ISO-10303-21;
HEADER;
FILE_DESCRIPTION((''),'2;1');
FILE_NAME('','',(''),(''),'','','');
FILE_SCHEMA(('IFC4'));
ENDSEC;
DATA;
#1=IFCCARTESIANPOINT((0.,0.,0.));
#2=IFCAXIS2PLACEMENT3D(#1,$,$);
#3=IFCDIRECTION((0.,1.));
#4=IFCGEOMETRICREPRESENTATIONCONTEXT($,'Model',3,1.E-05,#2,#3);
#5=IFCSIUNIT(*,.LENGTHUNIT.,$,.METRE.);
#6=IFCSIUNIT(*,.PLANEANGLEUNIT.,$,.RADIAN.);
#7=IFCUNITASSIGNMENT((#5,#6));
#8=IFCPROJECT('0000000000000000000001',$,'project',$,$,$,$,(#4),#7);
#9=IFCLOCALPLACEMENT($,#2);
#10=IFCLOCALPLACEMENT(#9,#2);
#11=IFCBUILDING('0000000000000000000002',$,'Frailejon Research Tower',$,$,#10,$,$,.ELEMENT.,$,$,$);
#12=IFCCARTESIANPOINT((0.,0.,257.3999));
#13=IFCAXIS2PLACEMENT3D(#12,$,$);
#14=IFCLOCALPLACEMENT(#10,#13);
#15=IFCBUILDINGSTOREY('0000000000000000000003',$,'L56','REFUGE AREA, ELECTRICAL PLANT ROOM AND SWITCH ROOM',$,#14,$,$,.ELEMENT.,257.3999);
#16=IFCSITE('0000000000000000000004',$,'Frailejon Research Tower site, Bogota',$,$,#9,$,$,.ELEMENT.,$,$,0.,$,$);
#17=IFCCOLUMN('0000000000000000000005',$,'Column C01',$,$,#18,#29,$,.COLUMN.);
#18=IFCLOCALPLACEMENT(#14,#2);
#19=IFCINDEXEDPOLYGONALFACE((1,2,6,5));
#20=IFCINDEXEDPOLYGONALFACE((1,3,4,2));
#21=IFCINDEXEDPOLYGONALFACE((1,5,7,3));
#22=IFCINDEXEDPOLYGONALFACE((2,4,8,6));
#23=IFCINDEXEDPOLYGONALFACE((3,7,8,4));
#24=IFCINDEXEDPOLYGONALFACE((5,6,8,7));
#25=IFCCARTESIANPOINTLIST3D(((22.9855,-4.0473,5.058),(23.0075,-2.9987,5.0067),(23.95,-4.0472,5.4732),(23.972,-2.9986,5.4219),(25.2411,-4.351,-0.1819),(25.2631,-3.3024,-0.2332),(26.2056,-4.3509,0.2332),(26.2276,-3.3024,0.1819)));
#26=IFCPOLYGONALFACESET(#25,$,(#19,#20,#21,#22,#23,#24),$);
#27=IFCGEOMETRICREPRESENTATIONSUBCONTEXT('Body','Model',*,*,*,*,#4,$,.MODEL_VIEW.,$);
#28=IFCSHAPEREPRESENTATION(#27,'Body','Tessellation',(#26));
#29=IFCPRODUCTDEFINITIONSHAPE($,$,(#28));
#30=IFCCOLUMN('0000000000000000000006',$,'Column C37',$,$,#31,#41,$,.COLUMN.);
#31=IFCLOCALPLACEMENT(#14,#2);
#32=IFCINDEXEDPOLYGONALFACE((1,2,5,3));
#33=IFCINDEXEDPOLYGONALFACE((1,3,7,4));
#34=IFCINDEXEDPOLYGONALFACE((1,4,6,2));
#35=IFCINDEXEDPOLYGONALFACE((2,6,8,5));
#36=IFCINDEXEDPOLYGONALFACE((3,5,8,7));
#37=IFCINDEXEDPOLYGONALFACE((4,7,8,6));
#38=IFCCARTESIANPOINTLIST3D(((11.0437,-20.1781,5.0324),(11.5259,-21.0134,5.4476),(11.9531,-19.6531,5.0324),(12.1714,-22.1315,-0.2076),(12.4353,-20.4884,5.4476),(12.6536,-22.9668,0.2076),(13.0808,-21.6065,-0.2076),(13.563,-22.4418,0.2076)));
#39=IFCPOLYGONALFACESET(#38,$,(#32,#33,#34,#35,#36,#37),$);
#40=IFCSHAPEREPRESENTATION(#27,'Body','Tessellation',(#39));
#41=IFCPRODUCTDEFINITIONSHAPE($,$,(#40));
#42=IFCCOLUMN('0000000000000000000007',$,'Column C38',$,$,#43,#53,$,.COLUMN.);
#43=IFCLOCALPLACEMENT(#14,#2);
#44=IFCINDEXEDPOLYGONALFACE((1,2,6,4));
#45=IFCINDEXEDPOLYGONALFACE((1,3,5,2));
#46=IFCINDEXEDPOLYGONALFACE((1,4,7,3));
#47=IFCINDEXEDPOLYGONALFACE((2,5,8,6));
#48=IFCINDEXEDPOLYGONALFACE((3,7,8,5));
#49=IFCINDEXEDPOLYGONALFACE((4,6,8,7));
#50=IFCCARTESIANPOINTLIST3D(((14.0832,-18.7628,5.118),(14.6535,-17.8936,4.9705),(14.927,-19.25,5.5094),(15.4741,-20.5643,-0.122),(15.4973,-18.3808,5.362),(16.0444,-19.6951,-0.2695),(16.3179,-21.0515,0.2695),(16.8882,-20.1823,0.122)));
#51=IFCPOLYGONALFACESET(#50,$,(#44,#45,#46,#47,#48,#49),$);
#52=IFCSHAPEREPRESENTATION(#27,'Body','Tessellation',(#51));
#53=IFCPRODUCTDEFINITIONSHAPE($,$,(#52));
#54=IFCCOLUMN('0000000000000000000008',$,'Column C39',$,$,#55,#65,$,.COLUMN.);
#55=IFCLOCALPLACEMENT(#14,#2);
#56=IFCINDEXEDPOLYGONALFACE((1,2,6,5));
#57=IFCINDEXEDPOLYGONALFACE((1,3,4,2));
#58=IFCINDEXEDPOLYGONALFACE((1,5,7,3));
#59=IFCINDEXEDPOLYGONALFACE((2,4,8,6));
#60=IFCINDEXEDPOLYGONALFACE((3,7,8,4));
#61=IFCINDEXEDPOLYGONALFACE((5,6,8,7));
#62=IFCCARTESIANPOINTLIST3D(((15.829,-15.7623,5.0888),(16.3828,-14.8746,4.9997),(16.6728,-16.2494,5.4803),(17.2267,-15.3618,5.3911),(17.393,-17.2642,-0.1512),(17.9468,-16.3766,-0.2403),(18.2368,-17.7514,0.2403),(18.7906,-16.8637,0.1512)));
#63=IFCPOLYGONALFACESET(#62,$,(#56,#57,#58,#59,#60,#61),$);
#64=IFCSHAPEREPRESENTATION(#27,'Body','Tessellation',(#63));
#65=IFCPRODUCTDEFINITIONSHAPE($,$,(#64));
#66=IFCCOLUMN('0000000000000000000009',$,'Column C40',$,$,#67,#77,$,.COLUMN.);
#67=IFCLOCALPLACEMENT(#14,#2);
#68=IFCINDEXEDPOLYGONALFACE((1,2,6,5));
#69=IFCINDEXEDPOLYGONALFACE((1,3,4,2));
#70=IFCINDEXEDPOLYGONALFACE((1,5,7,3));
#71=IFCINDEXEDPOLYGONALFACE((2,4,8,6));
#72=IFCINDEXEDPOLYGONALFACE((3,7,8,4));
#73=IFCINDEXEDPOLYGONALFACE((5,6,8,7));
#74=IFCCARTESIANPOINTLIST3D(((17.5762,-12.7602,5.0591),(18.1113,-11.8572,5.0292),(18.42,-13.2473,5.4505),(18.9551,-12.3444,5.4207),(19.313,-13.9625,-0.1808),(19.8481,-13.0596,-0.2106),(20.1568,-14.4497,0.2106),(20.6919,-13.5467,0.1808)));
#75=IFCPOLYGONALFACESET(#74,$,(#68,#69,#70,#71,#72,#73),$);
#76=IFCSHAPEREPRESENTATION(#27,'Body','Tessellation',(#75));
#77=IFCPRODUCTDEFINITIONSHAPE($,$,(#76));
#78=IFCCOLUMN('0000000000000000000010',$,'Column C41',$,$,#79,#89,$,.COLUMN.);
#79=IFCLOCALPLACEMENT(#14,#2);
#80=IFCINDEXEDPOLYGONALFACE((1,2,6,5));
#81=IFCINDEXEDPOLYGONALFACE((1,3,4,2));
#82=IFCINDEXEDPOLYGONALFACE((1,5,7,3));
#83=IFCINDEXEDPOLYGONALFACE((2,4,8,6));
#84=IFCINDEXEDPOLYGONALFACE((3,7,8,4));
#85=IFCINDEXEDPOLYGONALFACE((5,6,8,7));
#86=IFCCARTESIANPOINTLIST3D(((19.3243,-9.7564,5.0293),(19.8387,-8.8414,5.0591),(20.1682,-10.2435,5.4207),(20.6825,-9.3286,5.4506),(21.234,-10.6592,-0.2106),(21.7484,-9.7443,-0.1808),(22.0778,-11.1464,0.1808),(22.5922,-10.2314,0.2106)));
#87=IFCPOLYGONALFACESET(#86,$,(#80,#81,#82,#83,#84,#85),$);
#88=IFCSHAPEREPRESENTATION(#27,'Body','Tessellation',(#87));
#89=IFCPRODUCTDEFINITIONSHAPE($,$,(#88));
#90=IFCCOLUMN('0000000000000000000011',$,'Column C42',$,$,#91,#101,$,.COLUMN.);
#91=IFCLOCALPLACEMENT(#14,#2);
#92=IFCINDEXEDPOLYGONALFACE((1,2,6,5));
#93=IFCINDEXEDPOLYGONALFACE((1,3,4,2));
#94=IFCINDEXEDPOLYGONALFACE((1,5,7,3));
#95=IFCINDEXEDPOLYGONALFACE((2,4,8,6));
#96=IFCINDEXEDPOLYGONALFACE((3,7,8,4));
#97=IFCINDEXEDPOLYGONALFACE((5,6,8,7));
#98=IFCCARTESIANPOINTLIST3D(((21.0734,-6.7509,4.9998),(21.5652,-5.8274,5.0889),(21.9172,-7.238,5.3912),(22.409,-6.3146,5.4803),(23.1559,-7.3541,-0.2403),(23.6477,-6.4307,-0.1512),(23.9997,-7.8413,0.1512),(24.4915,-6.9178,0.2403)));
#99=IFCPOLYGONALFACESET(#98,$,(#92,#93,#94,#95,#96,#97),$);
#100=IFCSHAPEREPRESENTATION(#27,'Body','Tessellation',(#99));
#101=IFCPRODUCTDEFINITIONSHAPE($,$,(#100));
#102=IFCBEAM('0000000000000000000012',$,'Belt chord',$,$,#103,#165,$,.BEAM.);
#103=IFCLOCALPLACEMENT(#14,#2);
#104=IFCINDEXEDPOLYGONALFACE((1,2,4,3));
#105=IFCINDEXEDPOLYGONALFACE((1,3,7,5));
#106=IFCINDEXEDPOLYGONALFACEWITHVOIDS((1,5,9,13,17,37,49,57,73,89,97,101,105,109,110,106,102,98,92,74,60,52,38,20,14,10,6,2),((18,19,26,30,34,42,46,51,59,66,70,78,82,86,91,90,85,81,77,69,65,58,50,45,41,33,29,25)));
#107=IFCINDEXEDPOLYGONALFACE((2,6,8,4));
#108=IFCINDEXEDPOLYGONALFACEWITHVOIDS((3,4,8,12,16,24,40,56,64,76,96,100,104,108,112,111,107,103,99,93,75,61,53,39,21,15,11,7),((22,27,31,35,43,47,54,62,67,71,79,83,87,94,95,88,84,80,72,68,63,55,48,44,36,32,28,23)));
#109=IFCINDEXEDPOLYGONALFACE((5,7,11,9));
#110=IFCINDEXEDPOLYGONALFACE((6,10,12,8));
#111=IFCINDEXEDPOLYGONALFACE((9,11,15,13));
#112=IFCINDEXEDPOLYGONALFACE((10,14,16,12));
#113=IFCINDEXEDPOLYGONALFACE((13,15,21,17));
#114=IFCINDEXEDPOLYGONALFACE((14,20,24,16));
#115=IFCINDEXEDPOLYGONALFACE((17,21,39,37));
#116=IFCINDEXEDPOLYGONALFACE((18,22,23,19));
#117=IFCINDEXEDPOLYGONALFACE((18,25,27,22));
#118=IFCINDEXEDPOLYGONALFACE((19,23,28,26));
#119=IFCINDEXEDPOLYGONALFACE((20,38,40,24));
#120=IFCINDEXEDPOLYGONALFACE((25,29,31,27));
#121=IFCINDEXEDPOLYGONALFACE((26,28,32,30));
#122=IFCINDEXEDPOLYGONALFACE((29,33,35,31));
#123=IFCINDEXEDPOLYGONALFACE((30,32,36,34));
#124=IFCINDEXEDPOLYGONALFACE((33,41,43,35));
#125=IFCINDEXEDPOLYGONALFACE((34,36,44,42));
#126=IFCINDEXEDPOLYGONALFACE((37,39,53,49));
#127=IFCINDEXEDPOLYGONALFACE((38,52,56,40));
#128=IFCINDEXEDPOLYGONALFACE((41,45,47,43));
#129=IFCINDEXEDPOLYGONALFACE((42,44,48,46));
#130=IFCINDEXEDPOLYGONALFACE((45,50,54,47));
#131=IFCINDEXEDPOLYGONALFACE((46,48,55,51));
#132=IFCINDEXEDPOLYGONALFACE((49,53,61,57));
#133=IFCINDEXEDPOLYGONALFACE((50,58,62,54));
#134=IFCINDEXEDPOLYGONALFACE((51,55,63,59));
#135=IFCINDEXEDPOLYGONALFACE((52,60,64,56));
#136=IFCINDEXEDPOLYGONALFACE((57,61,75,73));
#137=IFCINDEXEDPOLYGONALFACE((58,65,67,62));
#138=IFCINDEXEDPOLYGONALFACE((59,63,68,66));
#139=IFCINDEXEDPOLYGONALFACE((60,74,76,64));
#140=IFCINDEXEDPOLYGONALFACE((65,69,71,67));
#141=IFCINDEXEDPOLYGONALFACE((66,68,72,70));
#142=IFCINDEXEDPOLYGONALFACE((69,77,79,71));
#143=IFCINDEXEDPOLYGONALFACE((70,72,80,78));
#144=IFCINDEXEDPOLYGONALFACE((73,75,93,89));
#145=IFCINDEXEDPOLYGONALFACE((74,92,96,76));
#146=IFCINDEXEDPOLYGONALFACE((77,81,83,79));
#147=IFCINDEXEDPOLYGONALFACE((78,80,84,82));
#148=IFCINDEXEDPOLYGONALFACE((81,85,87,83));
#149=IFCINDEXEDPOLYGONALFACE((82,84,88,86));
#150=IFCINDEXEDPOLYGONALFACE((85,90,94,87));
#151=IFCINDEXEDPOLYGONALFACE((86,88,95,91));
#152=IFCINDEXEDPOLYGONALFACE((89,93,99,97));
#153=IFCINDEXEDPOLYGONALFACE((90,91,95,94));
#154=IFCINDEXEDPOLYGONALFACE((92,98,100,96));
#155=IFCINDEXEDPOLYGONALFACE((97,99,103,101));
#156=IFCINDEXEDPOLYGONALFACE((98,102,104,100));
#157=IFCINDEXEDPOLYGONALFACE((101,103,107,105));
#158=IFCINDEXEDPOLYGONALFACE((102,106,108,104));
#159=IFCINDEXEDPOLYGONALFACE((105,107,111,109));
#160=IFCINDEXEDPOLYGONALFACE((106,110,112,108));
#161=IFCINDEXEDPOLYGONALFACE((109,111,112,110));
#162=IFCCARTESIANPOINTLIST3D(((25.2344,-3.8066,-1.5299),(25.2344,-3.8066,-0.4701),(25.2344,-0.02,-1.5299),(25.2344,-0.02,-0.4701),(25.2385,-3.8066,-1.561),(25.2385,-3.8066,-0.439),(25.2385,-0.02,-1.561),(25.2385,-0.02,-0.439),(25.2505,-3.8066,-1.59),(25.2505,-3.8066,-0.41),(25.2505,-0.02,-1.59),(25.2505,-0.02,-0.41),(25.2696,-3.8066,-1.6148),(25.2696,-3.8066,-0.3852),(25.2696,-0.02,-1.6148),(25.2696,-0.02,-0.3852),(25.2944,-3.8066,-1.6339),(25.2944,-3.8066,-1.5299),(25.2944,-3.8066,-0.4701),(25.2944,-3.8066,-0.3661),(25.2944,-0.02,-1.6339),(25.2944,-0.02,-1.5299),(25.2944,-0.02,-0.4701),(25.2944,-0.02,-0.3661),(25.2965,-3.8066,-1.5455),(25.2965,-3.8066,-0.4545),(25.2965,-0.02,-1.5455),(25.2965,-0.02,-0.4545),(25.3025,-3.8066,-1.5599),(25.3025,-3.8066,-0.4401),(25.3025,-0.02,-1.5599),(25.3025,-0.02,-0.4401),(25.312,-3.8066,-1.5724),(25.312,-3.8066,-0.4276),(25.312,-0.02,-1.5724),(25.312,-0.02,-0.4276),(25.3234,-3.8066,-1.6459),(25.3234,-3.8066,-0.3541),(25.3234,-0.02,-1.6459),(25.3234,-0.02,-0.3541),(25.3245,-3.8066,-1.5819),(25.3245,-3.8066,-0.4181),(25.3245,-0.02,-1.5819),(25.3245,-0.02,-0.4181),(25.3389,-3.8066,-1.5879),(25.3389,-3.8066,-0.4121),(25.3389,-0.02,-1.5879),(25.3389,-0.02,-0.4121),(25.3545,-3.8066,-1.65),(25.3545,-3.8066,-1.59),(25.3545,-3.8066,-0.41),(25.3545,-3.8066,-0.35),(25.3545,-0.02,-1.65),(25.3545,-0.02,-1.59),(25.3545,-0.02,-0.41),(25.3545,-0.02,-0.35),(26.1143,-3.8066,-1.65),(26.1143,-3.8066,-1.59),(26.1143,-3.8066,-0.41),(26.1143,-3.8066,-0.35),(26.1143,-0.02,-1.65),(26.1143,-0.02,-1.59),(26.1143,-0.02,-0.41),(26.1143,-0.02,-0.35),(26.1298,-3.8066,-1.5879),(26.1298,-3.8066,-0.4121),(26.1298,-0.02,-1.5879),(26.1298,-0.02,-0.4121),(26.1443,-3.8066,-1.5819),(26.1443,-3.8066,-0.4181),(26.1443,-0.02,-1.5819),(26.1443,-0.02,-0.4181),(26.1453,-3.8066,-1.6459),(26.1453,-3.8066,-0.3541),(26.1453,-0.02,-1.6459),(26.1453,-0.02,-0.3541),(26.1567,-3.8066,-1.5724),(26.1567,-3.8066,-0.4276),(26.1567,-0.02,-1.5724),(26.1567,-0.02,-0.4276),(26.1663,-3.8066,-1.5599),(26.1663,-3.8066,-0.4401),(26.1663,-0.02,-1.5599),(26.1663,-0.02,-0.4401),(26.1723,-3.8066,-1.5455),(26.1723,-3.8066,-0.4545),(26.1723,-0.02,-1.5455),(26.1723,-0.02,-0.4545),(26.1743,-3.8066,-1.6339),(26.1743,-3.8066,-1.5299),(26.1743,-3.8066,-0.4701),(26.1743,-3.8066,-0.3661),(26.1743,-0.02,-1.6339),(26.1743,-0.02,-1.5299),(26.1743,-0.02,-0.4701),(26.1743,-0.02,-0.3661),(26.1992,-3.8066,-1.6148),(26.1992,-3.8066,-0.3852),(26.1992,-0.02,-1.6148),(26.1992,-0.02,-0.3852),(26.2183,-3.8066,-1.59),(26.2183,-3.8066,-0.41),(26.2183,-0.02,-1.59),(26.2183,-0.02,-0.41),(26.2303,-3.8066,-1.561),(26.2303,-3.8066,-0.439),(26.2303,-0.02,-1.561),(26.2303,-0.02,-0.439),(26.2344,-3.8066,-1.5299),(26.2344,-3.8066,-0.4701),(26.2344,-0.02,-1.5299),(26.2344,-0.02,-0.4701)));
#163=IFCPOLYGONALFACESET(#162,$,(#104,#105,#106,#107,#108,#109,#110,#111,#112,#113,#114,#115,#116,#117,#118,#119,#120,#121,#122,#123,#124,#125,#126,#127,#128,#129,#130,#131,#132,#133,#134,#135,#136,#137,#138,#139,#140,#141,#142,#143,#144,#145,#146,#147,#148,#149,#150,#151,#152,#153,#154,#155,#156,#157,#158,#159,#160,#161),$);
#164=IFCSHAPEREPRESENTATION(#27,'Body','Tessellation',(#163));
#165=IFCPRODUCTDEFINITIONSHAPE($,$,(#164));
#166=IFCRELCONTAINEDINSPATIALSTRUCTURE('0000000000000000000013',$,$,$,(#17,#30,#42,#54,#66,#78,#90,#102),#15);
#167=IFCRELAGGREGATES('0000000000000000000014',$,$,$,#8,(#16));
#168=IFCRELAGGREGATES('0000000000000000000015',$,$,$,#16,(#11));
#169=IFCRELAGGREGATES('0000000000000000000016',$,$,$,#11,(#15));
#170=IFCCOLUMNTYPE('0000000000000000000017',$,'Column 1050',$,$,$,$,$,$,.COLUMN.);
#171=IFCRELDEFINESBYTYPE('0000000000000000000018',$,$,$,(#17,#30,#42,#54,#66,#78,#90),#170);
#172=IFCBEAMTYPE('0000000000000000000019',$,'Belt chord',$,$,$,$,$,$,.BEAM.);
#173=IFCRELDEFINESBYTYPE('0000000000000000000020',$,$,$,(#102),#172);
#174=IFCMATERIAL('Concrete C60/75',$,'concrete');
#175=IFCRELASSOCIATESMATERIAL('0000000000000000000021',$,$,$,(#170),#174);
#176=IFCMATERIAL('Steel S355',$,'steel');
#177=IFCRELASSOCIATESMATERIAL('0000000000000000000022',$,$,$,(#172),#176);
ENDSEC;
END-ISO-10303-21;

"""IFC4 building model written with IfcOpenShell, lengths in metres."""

from ifc_helpers import new_model, si_unit, direction, frame, origin, origin_2d, place, context, subcontext, project, spatial, rectangle, hollow_rectangle, extrude, material, material_profile, profile_set, type_object, element, save


model = new_model("IFC4")

# Units and contexts
model_context = context("Model", 3, precision=1e-05, world=origin(), true_north=direction((0.0, 1.0)))
body_context = subcontext(model_context, "Body", "Model", "MODEL_VIEW")
ifc_project = project(units=[si_unit("LENGTHUNIT", "METRE"), si_unit("PLANEANGLEUNIT", "RADIAN")], contexts=[model_context])

# Site, building, storey
site_placement = place(None, origin())
site = spatial("IfcSite", under=ifc_project, at=site_placement, Name="Frailejon Research Tower site, Bogota", CompositionType="ELEMENT", RefElevation=0.0)
building_placement = place(site_placement, origin())
building = spatial("IfcBuilding", under=site, at=building_placement, Name="Frailejon Research Tower", CompositionType="ELEMENT")
storey_placement = place(building_placement, frame((0.0, 0.0, 257.3999)))
storey = spatial("IfcBuildingStorey", under=building, at=storey_placement, Name="L56", Description="REFUGE AREA, ELECTRICAL PLANT ROOM AND SWITCH ROOM", CompositionType="ELEMENT", Elevation=257.3999)

# Columns
ifc_material_1 = material(Name="Concrete C60/75", Category="concrete")
ifc_material_profile_1 = material_profile(ifc_material_1, rectangle(XDim=1.05, YDim=1.05, at=origin_2d()), Name="Column 1050")
ifc_profile_set_1 = profile_set([ifc_material_profile_1], Name="Concrete C60/75")
column_type = type_object("IfcColumnType", Name="Column 1050", PredefinedType="COLUMN", material=ifc_profile_set_1)
column_1_placement = place(storey_placement, frame((25.7344, -3.8267, 0.0), z_axis=(-0.394827, 0.053162, 0.917216), x_axis=(0.020978, 0.998586, -0.048848)))
element("IfcColumn", 1, at=column_1_placement, inside=storey, type_object=column_type, Name="Column C01", PredefinedType="COLUMN", context=body_context, shape_type="SweptSolid", body=[
    extrude(rectangle(XDim=1.05, YDim=1.05, at=origin_2d()), origin(), (0.0, 0.0, 1.0), 5.7129),
])
column_2_placement = place(storey_placement, frame((12.8672, -22.2866, 0.0), z_axis=(-0.197673, 0.342408, 0.918522), x_axis=(0.866046, 0.499964, 0.000003)))
element("IfcColumn", 2, at=column_2_placement, inside=storey, type_object=column_type, Name="Column C37", PredefinedType="COLUMN", context=body_context, shape_type="SweptSolid", body=[
    extrude(rectangle(XDim=1.05, YDim=1.05, at=origin_2d()), origin(), (0.0, 0.0, 1.0), 5.7048),
])
column_3_placement = place(storey_placement, frame((16.1812, -20.3733, 0.0), z_axis=(-0.24346, 0.31534, 0.917217), x_axis=(0.543124, 0.827824, -0.140443)))
element("IfcColumn", 3, at=column_3_placement, inside=storey, type_object=column_type, Name="Column C38", PredefinedType="COLUMN", context=body_context, shape_type="SweptSolid", body=[
    extrude(rectangle(XDim=1.05, YDim=1.05, at=origin_2d()), origin(), (0.0, 0.0, 1.0), 5.7129),
])
column_4_placement = place(storey_placement, frame((18.0918, -17.064, 0.0), z_axis=(-0.275787, 0.264852, 0.92401), x_axis=(0.527422, 0.845352, -0.084887)))
element("IfcColumn", 4, at=column_4_placement, inside=storey, type_object=column_type, Name="Column C39", PredefinedType="COLUMN", context=body_context, shape_type="SweptSolid", body=[
    extrude(rectangle(XDim=1.05, YDim=1.05, at=origin_2d()), origin(), (0.0, 0.0, 1.0), 5.6709),
])
for number, where, z_axis, x_axis, name in (
    (5, (20.0024, -13.7546, 0.0), (-0.307414, 0.212822, 0.927471), (0.509631, 0.859924, -0.028403), "Column C40"),
    (6, (21.9131, -10.4453, 0.0), (-0.338011, 0.159801, 0.927476), (0.489875, 0.87133, 0.028403), "Column C41"),
):
    element("IfcColumn", number, at=place(storey_placement, frame(where, z_axis=z_axis, x_axis=x_axis)), inside=storey, type_object=column_type, Name=name, PredefinedType="COLUMN", context=body_context, shape_type="SweptSolid", body=[
        extrude(rectangle(XDim=1.05, YDim=1.05, at=origin_2d()), origin(), (0.0, 0.0, 1.0), 5.6497),
    ])
column_5_placement = place(storey_placement, frame((23.8237, -7.136, 0.0), z_axis=(-0.367234, 0.106381, 0.924025), x_axis=(0.468357, 0.879452, 0.084889)))
element("IfcColumn", 7, at=column_5_placement, inside=storey, type_object=column_type, Name="Column C42", PredefinedType="COLUMN", context=body_context, shape_type="SweptSolid", body=[
    extrude(rectangle(XDim=1.05, YDim=1.05, at=origin_2d()), origin(), (0.0, 0.0, 1.0), 5.6709),
])

# Beam
ifc_material_2 = material(Name="Steel S355", Category="steel")
ifc_material_profile_2 = material_profile(ifc_material_2, hollow_rectangle(XDim=1.0, YDim=1.3, WallThickness=0.0601, InnerFilletRadius=0.0601, OuterFilletRadius=0.1201, at=origin_2d()), Name="Belt chord")
ifc_profile_set_2 = profile_set([ifc_material_profile_2], Name="Steel S355")
beam_type_1 = type_object("IfcBeamType", Name="Belt chord", PredefinedType="BEAM", material=ifc_profile_set_2)
for number, where, z_axis, x_axis, name in (
    (8, (25.7344, -3.8066, -1.0), (0.0, 1.0, 0.0), (-1.0, 0.0, 0.0), "Belt chord"),
):
    element("IfcBeam", number, at=place(storey_placement, frame(where, z_axis=z_axis, x_axis=x_axis)), inside=storey, type_object=beam_type_1, Name=name, PredefinedType="BEAM", context=body_context, shape_type="SweptSolid", body=[
        extrude(hollow_rectangle(XDim=1.0, YDim=1.3, WallThickness=0.0601, InnerFilletRadius=0.0601, OuterFilletRadius=0.1201, at=origin_2d()), origin(), (0.0, 0.0, 1.0), 3.7866),
    ])

save(model, "model.ifc")
